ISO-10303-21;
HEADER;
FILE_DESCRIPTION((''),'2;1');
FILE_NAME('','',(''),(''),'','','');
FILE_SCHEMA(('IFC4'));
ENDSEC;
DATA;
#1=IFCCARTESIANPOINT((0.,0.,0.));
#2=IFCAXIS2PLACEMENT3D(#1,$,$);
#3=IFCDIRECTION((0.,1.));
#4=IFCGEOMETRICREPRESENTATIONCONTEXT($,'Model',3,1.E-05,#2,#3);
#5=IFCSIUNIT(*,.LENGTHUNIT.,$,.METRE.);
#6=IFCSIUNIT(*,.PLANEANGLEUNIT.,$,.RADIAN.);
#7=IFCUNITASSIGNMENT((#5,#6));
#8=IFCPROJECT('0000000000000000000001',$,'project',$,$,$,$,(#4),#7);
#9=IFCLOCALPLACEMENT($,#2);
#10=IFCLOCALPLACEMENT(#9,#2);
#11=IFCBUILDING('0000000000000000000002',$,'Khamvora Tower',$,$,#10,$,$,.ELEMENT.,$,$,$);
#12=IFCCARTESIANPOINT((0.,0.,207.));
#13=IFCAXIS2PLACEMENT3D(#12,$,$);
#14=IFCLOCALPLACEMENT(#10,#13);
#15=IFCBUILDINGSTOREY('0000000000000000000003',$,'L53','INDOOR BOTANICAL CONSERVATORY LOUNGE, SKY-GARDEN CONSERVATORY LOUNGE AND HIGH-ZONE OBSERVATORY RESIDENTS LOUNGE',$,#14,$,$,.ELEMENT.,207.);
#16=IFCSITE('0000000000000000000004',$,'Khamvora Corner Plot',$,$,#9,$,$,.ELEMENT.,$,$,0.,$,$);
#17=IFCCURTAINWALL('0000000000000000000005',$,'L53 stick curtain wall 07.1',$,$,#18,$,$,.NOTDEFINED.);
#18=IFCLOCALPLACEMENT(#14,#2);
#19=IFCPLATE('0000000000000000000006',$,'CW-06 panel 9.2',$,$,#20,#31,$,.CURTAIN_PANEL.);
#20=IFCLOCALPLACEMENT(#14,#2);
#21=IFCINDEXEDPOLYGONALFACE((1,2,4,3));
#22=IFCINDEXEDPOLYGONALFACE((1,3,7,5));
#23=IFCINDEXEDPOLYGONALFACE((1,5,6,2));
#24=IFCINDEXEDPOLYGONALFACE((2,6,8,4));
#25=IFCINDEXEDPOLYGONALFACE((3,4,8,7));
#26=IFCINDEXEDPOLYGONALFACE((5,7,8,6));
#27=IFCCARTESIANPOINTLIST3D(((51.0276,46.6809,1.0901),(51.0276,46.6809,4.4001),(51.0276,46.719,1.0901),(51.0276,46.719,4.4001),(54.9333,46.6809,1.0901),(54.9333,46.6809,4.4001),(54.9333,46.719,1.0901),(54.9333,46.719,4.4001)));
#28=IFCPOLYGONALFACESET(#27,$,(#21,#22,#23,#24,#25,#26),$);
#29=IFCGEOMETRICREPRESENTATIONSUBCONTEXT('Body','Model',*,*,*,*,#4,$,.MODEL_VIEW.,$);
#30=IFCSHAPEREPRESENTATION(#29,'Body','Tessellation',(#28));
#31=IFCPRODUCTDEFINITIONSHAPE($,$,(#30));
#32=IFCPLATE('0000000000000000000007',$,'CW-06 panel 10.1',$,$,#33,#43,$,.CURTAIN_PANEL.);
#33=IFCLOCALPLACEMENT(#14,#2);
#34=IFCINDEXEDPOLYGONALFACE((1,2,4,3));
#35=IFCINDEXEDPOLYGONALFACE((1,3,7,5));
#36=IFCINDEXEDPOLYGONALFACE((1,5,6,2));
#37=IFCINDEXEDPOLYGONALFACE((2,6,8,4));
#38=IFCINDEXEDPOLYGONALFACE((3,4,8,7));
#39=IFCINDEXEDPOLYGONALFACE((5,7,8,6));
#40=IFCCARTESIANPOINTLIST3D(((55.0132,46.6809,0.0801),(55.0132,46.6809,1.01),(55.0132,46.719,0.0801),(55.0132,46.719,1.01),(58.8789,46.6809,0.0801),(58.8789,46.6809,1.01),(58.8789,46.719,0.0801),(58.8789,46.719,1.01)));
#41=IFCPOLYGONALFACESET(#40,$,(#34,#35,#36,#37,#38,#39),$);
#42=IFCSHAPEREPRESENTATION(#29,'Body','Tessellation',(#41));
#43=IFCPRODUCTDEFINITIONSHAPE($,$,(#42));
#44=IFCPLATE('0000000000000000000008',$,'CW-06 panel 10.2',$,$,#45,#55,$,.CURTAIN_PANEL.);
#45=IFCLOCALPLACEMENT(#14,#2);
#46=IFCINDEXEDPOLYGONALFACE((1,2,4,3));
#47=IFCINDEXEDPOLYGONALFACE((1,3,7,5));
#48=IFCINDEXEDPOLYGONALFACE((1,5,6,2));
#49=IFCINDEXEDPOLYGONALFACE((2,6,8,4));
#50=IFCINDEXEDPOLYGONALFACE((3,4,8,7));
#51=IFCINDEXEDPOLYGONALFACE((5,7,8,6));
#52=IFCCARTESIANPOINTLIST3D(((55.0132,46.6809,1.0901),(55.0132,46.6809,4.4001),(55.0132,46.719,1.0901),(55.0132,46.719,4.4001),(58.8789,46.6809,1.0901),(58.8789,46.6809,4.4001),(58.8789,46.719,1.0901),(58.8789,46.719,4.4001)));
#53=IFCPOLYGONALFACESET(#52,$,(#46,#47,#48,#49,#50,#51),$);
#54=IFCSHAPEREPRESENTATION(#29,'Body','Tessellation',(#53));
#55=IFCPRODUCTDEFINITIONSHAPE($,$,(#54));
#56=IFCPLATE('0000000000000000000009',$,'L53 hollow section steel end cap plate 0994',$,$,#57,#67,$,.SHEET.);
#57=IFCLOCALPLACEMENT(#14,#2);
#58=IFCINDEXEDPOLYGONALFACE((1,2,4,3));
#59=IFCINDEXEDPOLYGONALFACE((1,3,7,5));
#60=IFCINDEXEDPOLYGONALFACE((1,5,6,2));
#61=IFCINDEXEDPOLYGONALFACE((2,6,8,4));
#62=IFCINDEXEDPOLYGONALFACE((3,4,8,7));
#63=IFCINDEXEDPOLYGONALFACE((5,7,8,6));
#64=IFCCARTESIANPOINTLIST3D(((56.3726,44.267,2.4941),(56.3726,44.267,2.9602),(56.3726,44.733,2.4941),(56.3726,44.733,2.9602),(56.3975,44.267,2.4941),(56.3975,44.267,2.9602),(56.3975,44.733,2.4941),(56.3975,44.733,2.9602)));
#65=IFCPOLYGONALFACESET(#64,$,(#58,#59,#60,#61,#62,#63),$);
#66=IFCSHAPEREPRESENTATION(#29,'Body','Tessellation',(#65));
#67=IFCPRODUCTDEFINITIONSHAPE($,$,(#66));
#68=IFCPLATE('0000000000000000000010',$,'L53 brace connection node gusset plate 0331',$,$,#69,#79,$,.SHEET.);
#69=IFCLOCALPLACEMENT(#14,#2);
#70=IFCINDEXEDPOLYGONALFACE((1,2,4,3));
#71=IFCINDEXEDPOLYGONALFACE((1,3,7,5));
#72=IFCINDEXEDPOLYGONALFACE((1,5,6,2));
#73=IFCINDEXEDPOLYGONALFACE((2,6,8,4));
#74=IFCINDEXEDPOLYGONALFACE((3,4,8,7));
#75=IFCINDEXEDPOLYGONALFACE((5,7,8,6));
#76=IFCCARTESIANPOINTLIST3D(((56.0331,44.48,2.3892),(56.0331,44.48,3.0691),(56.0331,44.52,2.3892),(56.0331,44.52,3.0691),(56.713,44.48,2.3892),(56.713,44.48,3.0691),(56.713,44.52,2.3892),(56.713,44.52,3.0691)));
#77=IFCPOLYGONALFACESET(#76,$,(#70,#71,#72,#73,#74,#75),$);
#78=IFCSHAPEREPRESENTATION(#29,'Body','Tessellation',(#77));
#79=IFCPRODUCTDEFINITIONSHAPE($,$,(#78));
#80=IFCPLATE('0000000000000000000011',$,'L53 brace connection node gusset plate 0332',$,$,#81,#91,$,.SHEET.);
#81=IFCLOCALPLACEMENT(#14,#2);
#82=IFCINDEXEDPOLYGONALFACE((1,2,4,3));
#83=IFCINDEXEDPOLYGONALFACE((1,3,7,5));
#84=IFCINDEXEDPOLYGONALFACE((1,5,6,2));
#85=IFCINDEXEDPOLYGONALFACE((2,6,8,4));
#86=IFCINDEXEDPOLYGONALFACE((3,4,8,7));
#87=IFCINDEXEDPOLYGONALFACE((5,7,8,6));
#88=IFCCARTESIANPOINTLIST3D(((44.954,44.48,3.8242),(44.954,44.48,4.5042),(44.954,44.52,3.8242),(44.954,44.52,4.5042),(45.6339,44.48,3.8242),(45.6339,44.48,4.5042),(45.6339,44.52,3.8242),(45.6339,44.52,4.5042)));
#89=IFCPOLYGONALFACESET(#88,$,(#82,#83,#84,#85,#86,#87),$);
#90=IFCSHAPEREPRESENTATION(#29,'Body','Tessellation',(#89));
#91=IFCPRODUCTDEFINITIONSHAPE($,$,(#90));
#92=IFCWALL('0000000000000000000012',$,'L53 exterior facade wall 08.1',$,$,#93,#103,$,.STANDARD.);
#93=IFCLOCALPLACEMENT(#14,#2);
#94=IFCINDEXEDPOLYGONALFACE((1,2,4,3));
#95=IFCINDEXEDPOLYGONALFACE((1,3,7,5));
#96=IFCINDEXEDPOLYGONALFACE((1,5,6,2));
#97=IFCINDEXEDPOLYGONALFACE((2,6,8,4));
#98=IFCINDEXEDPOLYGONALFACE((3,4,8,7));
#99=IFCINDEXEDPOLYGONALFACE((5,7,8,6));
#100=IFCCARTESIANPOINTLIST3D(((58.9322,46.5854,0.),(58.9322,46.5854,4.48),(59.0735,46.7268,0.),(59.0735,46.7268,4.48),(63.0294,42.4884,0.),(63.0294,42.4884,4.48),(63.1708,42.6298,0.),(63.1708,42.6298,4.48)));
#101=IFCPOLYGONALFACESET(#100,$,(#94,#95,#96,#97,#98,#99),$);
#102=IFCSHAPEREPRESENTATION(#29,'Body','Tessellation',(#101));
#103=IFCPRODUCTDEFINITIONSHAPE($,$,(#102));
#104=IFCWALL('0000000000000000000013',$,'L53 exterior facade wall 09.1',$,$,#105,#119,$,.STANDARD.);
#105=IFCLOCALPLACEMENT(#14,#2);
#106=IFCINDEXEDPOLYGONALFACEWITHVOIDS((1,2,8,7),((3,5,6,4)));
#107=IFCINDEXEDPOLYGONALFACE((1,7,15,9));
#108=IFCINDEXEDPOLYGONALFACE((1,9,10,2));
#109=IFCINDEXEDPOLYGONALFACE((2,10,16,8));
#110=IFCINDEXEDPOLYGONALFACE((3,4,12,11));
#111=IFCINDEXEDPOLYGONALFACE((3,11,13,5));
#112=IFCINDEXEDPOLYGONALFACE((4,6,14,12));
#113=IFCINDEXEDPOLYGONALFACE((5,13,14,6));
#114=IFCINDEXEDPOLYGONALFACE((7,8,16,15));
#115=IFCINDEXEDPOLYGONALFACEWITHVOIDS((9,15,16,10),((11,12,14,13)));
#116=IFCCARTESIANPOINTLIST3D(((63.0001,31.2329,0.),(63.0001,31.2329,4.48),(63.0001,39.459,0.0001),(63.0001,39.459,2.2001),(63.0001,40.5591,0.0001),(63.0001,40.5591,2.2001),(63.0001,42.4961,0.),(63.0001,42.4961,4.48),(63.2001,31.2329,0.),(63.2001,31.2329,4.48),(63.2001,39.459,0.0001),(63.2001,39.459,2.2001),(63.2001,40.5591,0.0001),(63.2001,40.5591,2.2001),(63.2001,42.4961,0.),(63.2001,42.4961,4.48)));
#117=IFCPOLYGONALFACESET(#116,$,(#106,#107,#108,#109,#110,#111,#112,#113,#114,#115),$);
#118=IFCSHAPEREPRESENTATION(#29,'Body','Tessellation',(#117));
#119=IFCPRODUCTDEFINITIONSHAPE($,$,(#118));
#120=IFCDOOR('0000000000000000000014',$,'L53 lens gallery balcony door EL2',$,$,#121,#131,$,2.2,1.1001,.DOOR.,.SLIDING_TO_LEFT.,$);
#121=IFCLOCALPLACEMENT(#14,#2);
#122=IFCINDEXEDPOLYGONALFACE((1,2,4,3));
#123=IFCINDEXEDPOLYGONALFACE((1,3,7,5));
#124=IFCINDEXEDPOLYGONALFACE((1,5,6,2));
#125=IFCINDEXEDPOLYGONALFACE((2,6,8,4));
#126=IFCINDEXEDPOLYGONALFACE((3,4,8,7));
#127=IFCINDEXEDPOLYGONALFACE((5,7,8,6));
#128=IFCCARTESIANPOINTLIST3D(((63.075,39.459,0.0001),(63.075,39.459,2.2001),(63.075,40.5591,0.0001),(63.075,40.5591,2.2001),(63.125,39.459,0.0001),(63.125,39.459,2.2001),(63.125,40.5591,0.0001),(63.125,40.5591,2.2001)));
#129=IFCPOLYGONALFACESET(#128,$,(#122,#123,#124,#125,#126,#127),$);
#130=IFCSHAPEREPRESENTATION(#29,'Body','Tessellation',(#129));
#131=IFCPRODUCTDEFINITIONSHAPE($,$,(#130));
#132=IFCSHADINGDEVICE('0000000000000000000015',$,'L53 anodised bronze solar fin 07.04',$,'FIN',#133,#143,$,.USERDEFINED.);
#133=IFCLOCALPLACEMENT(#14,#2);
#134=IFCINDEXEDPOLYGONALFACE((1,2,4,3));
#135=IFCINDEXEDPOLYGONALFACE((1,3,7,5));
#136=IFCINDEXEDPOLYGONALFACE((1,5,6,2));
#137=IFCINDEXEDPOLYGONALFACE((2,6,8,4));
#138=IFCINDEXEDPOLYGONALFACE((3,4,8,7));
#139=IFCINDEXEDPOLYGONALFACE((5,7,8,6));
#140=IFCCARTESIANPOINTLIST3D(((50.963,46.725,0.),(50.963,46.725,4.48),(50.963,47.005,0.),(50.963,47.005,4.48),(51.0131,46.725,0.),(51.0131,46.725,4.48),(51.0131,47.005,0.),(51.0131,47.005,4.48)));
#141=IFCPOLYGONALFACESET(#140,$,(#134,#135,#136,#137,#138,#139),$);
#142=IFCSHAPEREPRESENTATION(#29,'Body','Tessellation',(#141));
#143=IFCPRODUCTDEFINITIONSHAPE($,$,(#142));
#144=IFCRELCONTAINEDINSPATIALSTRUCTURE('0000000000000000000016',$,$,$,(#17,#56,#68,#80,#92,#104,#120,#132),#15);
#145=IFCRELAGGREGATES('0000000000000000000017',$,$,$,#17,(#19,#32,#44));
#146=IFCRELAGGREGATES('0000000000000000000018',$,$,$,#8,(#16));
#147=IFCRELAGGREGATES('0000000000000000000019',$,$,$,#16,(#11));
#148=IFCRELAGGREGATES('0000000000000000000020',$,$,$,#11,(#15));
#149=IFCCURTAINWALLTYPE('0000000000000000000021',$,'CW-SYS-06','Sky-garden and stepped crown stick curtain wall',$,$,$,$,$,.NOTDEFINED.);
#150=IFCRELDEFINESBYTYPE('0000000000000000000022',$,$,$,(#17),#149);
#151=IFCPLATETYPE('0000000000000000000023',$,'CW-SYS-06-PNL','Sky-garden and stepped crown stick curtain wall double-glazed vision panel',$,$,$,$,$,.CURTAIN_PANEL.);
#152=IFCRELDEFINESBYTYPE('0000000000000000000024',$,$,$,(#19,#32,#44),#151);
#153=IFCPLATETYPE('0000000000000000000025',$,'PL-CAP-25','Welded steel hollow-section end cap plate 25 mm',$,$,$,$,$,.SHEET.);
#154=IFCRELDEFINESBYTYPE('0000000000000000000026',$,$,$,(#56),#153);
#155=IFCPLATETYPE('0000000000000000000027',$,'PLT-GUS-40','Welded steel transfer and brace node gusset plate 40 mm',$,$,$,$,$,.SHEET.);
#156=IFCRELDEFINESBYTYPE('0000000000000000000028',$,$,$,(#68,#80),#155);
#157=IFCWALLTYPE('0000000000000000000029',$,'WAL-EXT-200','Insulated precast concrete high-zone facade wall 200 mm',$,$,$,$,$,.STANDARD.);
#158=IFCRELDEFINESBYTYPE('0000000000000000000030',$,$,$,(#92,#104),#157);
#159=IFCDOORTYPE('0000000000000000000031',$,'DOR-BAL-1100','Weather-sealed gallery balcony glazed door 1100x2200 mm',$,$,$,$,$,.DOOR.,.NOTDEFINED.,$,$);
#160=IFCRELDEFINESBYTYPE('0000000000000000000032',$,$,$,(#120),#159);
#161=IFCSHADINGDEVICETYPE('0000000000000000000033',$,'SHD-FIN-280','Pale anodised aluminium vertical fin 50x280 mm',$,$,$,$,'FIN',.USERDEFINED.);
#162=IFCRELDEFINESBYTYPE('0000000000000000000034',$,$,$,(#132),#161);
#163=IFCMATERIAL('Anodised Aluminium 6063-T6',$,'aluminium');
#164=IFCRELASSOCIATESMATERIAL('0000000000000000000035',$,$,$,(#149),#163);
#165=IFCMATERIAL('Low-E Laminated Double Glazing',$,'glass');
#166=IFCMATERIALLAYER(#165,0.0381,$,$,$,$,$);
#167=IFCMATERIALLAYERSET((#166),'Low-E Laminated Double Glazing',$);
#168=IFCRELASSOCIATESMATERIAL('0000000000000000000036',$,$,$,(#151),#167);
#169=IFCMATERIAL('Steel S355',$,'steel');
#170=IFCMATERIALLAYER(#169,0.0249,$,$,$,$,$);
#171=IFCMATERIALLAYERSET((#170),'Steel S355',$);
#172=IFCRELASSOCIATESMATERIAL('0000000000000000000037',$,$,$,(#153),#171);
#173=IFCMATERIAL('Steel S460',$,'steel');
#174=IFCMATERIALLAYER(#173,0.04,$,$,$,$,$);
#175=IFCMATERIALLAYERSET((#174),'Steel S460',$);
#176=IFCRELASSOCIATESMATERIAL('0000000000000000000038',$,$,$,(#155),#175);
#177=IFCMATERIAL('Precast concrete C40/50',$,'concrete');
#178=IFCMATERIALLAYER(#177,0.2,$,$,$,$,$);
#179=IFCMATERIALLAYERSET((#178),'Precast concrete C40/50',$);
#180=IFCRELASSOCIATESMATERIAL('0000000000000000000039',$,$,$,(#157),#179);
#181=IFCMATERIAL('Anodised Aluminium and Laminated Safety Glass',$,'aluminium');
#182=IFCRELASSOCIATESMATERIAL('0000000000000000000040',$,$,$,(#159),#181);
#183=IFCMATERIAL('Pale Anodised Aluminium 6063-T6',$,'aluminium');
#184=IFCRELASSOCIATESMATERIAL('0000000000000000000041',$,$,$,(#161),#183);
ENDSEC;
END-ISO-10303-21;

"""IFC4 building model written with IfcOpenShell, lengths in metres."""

from ifc_helpers import new_model, si_unit, direction, frame, frame_2d, origin, origin_2d, place, context, subcontext, project, spatial, rectangle, extrude, material, layer, layer_set, type_object, element, fill, aggregate, save


model = new_model("IFC4")

# Units and contexts
model_context = context("Model", 3, precision=1e-05, world=origin(), true_north=direction((0.0, 1.0)))
body_context = subcontext(model_context, "Body", "Model", "MODEL_VIEW")
ifc_project = project(units=[si_unit("LENGTHUNIT", "METRE"), si_unit("PLANEANGLEUNIT", "RADIAN")], contexts=[model_context])

# Site, building, storey
site_placement = place(None, origin())
site = spatial("IfcSite", under=ifc_project, at=site_placement, Name="Khamvora Corner Plot", CompositionType="ELEMENT", RefElevation=0.0)
building_placement = place(site_placement, origin())
building = spatial("IfcBuilding", under=site, at=building_placement, Name="Khamvora Tower", CompositionType="ELEMENT")
storey_placement = place(building_placement, frame((0.0, 0.0, 207.0)))
storey = spatial("IfcBuildingStorey", under=building, at=storey_placement, Name="L53", Description="INDOOR BOTANICAL CONSERVATORY LOUNGE, SKY-GARDEN CONSERVATORY LOUNGE AND HIGH-ZONE OBSERVATORY RESIDENTS LOUNGE", CompositionType="ELEMENT", Elevation=207.0)

# Shared definitions
ifc_material_1 = material(Name="Steel S355", Category="steel")

# Curtain wall
ifc_material_2 = material(Name="Anodised Aluminium 6063-T6", Category="aluminium")
curtain_wall_type = type_object("IfcCurtainWallType", Name="CW-SYS-06", Description="Sky-garden and stepped crown stick curtain wall", PredefinedType="NOTDEFINED", material=ifc_material_2)
curtain_wall_placement = place(storey_placement, origin())
curtain_wall = element("IfcCurtainWall", 1, at=curtain_wall_placement, inside=storey, type_object=curtain_wall_type, Name="L53 stick curtain wall 07.1", PredefinedType="NOTDEFINED")

# Plates
ifc_material_3 = material(Name="Low-E Laminated Double Glazing", Category="glass")
ifc_layer_1 = layer(ifc_material_3, 0.0381)
ifc_layer_set_1 = layer_set([ifc_layer_1], Name="Low-E Laminated Double Glazing")
plate_type_1 = type_object("IfcPlateType", Name="CW-SYS-06-PNL", Description="Sky-garden and stepped crown stick curtain wall double-glazed vision panel", PredefinedType="CURTAIN_PANEL", material=ifc_layer_set_1)
plate_1_placement = place(storey_placement, frame((52.9805, 46.7, 1.0901), z_axis=(0.0, 0.0, 1.0), x_axis=(1.0, 0.0, 0.0)))
plate_1 = element("IfcPlate", 2, at=plate_1_placement, type_object=plate_type_1, Name="CW-06 panel 9.2", PredefinedType="CURTAIN_PANEL", context=body_context, shape_type="SweptSolid", body=[
    extrude(rectangle(XDim=3.9058, YDim=0.0381, at=origin_2d()), origin(), (0.0, 0.0, 1.0), 3.3101),
])
plate_2_placement = place(storey_placement, frame((56.946, 46.7, 0.0801), z_axis=(0.0, 0.0, 1.0), x_axis=(1.0, 0.0, 0.0)))
plate_2 = element("IfcPlate", 3, at=plate_2_placement, type_object=plate_type_1, Name="CW-06 panel 10.1", PredefinedType="CURTAIN_PANEL", context=body_context, shape_type="SweptSolid", body=[
    extrude(rectangle(XDim=3.8657, YDim=0.0381, at=origin_2d()), origin(), (0.0, 0.0, 1.0), 0.9299),
])
plate_3_placement = place(storey_placement, frame((56.946, 46.7, 1.0901), z_axis=(0.0, 0.0, 1.0), x_axis=(1.0, 0.0, 0.0)))
plate_3 = element("IfcPlate", 4, at=plate_3_placement, type_object=plate_type_1, Name="CW-06 panel 10.2", PredefinedType="CURTAIN_PANEL", context=body_context, shape_type="SweptSolid", body=[
    extrude(rectangle(XDim=3.8657, YDim=0.0381, at=origin_2d()), origin(), (0.0, 0.0, 1.0), 3.3101),
])
aggregate(curtain_wall, [plate_1, plate_2, plate_3])

# Plates
ifc_layer_2 = layer(ifc_material_1, 0.0249)
ifc_layer_set_2 = layer_set([ifc_layer_2], Name="Steel S355")
plate_type_2 = type_object("IfcPlateType", Name="PL-CAP-25", Description="Welded steel hollow-section end cap plate 25 mm", PredefinedType="SHEET", material=ifc_layer_set_2)
plate_4_placement = place(storey_placement, frame((56.385, 44.5, 2.4941), z_axis=(0.0, 0.0, 1.0), x_axis=(-1.0, 0.0, 0.0)))
element("IfcPlate", 5, at=plate_4_placement, inside=storey, type_object=plate_type_2, Name="L53 hollow section steel end cap plate 0994", PredefinedType="SHEET", context=body_context, shape_type="SweptSolid", body=[
    extrude(rectangle(XDim=0.0249, YDim=0.4661, at=origin_2d()), origin(), (0.0, 0.0, 1.0), 0.4661),
])
ifc_material_4 = material(Name="Steel S460", Category="steel")
ifc_layer_3 = layer(ifc_material_4, 0.04)
ifc_layer_set_3 = layer_set([ifc_layer_3], Name="Steel S460")
plate_type_3 = type_object("IfcPlateType", Name="PLT-GUS-40", Description="Welded steel transfer and brace node gusset plate 40 mm", PredefinedType="SHEET", material=ifc_layer_set_3)
for number, where, z_axis, x_axis, name in (
    (6, (56.373, 44.5, 2.3892), (0.0, 0.0, 1.0), (1.0, 0.0, 0.0), "L53 brace connection node gusset plate 0331"),
    (7, (45.2939, 44.5, 3.8242), (0.0, 0.0, 1.0), (1.0, 0.0, 0.0), "L53 brace connection node gusset plate 0332"),
):
    element("IfcPlate", number, at=place(storey_placement, frame(where, z_axis=z_axis, x_axis=x_axis)), inside=storey, type_object=plate_type_3, Name=name, PredefinedType="SHEET", context=body_context, shape_type="SweptSolid", body=[
        extrude(rectangle(XDim=0.6799, YDim=0.04, at=origin_2d()), origin(), (0.0, 0.0, 1.0), 0.6799),
    ])

# Wall
ifc_material_5 = material(Name="Precast concrete C40/50", Category="concrete")
ifc_layer_4 = layer(ifc_material_5, 0.2)
ifc_layer_set_4 = layer_set([ifc_layer_4], Name="Precast concrete C40/50")
wall_type = type_object("IfcWallType", Name="WAL-EXT-200", Description="Insulated precast concrete high-zone facade wall 200 mm", PredefinedType="STANDARD", material=ifc_layer_set_4)
wall_1_placement = place(storey_placement, frame((59.0029, 46.656, 0.0), z_axis=(0.0, 0.0, 1.0), x_axis=(0.707128, -0.707086, 0.0)))
element("IfcWall", 8, at=wall_1_placement, inside=storey, type_object=wall_type, Name="L53 exterior facade wall 08.1", PredefinedType="STANDARD", context=body_context, shape_type="SweptSolid", body=[
    extrude(rectangle(XDim=5.7942, YDim=0.2, at=frame_2d((2.897, 0.0))), origin(), (0.0, 0.0, 1.0), 4.48),
])

# Wall, opening, door
wall_2_placement = place(storey_placement, frame((63.1001, 42.4961, 0.0), z_axis=(0.0, 0.0, 1.0), x_axis=(0.0, -1.0, 0.0)))
wall_2 = element("IfcWall", 9, at=wall_2_placement, inside=storey, type_object=wall_type, Name="L53 exterior facade wall 09.1", PredefinedType="STANDARD", context=body_context, shape_type="SweptSolid", body=[
    extrude(rectangle(XDim=11.2632, YDim=0.2, at=frame_2d((5.6316, 0.0))), origin(), (0.0, 0.0, 1.0), 4.48),
])
opening_placement = place(wall_2_placement, frame((1.937, 0.0, 0.0)))
opening = element("IfcOpeningElement", 10, at=opening_placement, cuts=wall_2, PredefinedType="OPENING", context=body_context, shape_type="SweptSolid", body=[
    extrude(rectangle(XDim=1.1001, YDim=2.2, at=frame_2d((0.55, 1.1001))), frame((0.0, 0.1099, 0.0), z_axis=(0.0, -1.0, 0.0), x_axis=(1.0, 0.0, 0.0)), (0.0, 0.0, 1.0), 0.22),
])
ifc_material_6 = material(Name="Anodised Aluminium and Laminated Safety Glass", Category="aluminium")
door_type = type_object("IfcDoorType", Name="DOR-BAL-1100", Description="Weather-sealed gallery balcony glazed door 1100x2200 mm", OperationType="NOTDEFINED", PredefinedType="DOOR", material=ifc_material_6)
door_placement = place(opening_placement, origin())
door = element("IfcDoor", 11, at=door_placement, inside=storey, type_object=door_type, Name="L53 lens gallery balcony door EL2", OperationType="SLIDING_TO_LEFT", OverallHeight=2.2, OverallWidth=1.1001, PredefinedType="DOOR", context=body_context, shape_type="SweptSolid", body=[
    extrude(rectangle(XDim=1.1001, YDim=2.2, at=frame_2d((0.55, 1.1001))), frame((0.0, 0.0249, 0.0), z_axis=(0.0, -1.0, 0.0), x_axis=(1.0, 0.0, 0.0)), (0.0, 0.0, 1.0), 0.05),
])
fill(opening, door)

# Shading device
ifc_material_7 = material(Name="Pale Anodised Aluminium 6063-T6", Category="aluminium")
shading_device_type = type_object("IfcShadingDeviceType", Name="SHD-FIN-280", Description="Pale anodised aluminium vertical fin 50x280 mm", ElementType="FIN", PredefinedType="USERDEFINED", material=ifc_material_7)
shading_device_placement = place(storey_placement, frame((50.988, 46.865, 0.0), z_axis=(0.0, 0.0, 1.0), x_axis=(1.0, 0.0, 0.0)))
element("IfcShadingDevice", 12, at=shading_device_placement, inside=storey, type_object=shading_device_type, Name="L53 anodised bronze solar fin 07.04", ObjectType="FIN", PredefinedType="USERDEFINED", context=body_context, shape_type="SweptSolid", body=[
    extrude(rectangle(XDim=0.05, YDim=0.28, at=origin_2d()), origin(), (0.0, 0.0, 1.0), 4.48),
])

save(model, "model.ifc")
